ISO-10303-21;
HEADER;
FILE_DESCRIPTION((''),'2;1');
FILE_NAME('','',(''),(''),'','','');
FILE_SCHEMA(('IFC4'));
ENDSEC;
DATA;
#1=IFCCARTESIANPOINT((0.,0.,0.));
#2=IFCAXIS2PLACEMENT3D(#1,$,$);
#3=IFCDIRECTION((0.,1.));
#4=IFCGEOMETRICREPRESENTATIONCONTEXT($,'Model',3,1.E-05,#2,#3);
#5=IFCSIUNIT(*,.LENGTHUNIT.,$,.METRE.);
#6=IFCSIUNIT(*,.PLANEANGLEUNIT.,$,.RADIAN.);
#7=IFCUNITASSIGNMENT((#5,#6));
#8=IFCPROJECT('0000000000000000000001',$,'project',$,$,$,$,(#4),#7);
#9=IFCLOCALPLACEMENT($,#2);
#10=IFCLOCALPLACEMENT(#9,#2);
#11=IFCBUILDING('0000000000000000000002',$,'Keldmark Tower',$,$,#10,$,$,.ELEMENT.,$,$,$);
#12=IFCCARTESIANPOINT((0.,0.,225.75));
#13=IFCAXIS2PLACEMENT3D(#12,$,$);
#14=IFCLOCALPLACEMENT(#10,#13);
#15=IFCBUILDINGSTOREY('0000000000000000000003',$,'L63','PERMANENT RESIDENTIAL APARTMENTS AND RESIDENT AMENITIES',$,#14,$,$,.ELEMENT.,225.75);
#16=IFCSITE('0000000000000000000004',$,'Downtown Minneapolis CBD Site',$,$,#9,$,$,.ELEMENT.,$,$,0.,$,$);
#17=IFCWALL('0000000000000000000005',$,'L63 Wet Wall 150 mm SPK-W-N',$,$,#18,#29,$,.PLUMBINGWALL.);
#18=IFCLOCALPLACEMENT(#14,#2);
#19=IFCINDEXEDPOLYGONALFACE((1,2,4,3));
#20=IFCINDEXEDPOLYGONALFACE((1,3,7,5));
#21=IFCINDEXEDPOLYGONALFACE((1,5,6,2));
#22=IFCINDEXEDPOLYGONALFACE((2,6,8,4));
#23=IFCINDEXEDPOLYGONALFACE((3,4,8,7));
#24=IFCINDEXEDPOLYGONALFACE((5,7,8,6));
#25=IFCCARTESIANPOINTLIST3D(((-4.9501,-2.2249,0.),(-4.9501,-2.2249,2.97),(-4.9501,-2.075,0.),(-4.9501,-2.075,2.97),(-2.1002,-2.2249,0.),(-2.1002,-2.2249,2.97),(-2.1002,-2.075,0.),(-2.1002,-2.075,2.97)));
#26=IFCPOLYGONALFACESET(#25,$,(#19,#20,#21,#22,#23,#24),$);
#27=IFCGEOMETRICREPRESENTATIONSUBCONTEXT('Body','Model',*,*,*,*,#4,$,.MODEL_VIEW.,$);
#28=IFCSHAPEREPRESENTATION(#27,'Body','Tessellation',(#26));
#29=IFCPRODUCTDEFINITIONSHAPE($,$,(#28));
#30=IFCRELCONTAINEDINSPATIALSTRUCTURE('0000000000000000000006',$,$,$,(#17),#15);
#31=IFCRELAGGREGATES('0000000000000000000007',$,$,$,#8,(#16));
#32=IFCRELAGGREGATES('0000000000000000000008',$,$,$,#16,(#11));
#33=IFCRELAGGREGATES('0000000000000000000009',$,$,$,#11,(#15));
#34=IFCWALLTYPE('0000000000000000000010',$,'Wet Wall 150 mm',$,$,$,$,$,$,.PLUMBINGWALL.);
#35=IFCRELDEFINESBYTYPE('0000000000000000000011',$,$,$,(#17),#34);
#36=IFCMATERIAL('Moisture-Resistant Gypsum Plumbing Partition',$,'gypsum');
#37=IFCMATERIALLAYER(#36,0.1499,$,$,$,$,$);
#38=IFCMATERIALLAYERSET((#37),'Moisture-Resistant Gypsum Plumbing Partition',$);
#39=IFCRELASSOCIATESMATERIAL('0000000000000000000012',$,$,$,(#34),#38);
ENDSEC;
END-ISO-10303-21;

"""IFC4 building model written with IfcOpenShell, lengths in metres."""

from ifc_helpers import new_model, si_unit, direction, frame, frame_2d, origin, place, context, subcontext, project, spatial, rectangle, extrude, material, layer, layer_set, type_object, element, save


model = new_model("IFC4")

# Units and contexts
model_context = context("Model", 3, precision=1e-05, world=origin(), true_north=direction((0.0, 1.0)))
body_context = subcontext(model_context, "Body", "Model", "MODEL_VIEW")
ifc_project = project(units=[si_unit("LENGTHUNIT", "METRE"), si_unit("PLANEANGLEUNIT", "RADIAN")], contexts=[model_context])

# Site, building, storey
site_placement = place(None, origin())
site = spatial("IfcSite", under=ifc_project, at=site_placement, Name="Downtown Minneapolis CBD Site", CompositionType="ELEMENT", RefElevation=0.0)
building_placement = place(site_placement, origin())
building = spatial("IfcBuilding", under=site, at=building_placement, Name="Keldmark Tower", CompositionType="ELEMENT")
storey_placement = place(building_placement, frame((0.0, 0.0, 225.75)))
storey = spatial("IfcBuildingStorey", under=building, at=storey_placement, Name="L63", Description="PERMANENT RESIDENTIAL APARTMENTS AND RESIDENT AMENITIES", CompositionType="ELEMENT", Elevation=225.75)

# Wall
ifc_material_1 = material(Name="Moisture-Resistant Gypsum Plumbing Partition", Category="gypsum")
ifc_layer_1 = layer(ifc_material_1, 0.1499)
ifc_layer_set_1 = layer_set([ifc_layer_1], Name="Moisture-Resistant Gypsum Plumbing Partition")
wall_type_1 = type_object("IfcWallType", Name="Wet Wall 150 mm", PredefinedType="PLUMBINGWALL", material=ifc_layer_set_1)
wall_1_placement = place(storey_placement, frame((-4.95, -2.1499, 0.0), z_axis=(0.0, 0.0, 1.0), x_axis=(1.0, 0.0, 0.0)))
element("IfcWall", 1, at=wall_1_placement, inside=storey, type_object=wall_type_1, Name="L63 Wet Wall 150 mm SPK-W-N", PredefinedType="PLUMBINGWALL", context=body_context, shape_type="SweptSolid", body=[
    extrude(rectangle(XDim=2.8499, YDim=0.1499, at=frame_2d((1.4248, 0.0))), origin(), (0.0, 0.0, 1.0), 2.97),
])

save(model, "model.ifc")
